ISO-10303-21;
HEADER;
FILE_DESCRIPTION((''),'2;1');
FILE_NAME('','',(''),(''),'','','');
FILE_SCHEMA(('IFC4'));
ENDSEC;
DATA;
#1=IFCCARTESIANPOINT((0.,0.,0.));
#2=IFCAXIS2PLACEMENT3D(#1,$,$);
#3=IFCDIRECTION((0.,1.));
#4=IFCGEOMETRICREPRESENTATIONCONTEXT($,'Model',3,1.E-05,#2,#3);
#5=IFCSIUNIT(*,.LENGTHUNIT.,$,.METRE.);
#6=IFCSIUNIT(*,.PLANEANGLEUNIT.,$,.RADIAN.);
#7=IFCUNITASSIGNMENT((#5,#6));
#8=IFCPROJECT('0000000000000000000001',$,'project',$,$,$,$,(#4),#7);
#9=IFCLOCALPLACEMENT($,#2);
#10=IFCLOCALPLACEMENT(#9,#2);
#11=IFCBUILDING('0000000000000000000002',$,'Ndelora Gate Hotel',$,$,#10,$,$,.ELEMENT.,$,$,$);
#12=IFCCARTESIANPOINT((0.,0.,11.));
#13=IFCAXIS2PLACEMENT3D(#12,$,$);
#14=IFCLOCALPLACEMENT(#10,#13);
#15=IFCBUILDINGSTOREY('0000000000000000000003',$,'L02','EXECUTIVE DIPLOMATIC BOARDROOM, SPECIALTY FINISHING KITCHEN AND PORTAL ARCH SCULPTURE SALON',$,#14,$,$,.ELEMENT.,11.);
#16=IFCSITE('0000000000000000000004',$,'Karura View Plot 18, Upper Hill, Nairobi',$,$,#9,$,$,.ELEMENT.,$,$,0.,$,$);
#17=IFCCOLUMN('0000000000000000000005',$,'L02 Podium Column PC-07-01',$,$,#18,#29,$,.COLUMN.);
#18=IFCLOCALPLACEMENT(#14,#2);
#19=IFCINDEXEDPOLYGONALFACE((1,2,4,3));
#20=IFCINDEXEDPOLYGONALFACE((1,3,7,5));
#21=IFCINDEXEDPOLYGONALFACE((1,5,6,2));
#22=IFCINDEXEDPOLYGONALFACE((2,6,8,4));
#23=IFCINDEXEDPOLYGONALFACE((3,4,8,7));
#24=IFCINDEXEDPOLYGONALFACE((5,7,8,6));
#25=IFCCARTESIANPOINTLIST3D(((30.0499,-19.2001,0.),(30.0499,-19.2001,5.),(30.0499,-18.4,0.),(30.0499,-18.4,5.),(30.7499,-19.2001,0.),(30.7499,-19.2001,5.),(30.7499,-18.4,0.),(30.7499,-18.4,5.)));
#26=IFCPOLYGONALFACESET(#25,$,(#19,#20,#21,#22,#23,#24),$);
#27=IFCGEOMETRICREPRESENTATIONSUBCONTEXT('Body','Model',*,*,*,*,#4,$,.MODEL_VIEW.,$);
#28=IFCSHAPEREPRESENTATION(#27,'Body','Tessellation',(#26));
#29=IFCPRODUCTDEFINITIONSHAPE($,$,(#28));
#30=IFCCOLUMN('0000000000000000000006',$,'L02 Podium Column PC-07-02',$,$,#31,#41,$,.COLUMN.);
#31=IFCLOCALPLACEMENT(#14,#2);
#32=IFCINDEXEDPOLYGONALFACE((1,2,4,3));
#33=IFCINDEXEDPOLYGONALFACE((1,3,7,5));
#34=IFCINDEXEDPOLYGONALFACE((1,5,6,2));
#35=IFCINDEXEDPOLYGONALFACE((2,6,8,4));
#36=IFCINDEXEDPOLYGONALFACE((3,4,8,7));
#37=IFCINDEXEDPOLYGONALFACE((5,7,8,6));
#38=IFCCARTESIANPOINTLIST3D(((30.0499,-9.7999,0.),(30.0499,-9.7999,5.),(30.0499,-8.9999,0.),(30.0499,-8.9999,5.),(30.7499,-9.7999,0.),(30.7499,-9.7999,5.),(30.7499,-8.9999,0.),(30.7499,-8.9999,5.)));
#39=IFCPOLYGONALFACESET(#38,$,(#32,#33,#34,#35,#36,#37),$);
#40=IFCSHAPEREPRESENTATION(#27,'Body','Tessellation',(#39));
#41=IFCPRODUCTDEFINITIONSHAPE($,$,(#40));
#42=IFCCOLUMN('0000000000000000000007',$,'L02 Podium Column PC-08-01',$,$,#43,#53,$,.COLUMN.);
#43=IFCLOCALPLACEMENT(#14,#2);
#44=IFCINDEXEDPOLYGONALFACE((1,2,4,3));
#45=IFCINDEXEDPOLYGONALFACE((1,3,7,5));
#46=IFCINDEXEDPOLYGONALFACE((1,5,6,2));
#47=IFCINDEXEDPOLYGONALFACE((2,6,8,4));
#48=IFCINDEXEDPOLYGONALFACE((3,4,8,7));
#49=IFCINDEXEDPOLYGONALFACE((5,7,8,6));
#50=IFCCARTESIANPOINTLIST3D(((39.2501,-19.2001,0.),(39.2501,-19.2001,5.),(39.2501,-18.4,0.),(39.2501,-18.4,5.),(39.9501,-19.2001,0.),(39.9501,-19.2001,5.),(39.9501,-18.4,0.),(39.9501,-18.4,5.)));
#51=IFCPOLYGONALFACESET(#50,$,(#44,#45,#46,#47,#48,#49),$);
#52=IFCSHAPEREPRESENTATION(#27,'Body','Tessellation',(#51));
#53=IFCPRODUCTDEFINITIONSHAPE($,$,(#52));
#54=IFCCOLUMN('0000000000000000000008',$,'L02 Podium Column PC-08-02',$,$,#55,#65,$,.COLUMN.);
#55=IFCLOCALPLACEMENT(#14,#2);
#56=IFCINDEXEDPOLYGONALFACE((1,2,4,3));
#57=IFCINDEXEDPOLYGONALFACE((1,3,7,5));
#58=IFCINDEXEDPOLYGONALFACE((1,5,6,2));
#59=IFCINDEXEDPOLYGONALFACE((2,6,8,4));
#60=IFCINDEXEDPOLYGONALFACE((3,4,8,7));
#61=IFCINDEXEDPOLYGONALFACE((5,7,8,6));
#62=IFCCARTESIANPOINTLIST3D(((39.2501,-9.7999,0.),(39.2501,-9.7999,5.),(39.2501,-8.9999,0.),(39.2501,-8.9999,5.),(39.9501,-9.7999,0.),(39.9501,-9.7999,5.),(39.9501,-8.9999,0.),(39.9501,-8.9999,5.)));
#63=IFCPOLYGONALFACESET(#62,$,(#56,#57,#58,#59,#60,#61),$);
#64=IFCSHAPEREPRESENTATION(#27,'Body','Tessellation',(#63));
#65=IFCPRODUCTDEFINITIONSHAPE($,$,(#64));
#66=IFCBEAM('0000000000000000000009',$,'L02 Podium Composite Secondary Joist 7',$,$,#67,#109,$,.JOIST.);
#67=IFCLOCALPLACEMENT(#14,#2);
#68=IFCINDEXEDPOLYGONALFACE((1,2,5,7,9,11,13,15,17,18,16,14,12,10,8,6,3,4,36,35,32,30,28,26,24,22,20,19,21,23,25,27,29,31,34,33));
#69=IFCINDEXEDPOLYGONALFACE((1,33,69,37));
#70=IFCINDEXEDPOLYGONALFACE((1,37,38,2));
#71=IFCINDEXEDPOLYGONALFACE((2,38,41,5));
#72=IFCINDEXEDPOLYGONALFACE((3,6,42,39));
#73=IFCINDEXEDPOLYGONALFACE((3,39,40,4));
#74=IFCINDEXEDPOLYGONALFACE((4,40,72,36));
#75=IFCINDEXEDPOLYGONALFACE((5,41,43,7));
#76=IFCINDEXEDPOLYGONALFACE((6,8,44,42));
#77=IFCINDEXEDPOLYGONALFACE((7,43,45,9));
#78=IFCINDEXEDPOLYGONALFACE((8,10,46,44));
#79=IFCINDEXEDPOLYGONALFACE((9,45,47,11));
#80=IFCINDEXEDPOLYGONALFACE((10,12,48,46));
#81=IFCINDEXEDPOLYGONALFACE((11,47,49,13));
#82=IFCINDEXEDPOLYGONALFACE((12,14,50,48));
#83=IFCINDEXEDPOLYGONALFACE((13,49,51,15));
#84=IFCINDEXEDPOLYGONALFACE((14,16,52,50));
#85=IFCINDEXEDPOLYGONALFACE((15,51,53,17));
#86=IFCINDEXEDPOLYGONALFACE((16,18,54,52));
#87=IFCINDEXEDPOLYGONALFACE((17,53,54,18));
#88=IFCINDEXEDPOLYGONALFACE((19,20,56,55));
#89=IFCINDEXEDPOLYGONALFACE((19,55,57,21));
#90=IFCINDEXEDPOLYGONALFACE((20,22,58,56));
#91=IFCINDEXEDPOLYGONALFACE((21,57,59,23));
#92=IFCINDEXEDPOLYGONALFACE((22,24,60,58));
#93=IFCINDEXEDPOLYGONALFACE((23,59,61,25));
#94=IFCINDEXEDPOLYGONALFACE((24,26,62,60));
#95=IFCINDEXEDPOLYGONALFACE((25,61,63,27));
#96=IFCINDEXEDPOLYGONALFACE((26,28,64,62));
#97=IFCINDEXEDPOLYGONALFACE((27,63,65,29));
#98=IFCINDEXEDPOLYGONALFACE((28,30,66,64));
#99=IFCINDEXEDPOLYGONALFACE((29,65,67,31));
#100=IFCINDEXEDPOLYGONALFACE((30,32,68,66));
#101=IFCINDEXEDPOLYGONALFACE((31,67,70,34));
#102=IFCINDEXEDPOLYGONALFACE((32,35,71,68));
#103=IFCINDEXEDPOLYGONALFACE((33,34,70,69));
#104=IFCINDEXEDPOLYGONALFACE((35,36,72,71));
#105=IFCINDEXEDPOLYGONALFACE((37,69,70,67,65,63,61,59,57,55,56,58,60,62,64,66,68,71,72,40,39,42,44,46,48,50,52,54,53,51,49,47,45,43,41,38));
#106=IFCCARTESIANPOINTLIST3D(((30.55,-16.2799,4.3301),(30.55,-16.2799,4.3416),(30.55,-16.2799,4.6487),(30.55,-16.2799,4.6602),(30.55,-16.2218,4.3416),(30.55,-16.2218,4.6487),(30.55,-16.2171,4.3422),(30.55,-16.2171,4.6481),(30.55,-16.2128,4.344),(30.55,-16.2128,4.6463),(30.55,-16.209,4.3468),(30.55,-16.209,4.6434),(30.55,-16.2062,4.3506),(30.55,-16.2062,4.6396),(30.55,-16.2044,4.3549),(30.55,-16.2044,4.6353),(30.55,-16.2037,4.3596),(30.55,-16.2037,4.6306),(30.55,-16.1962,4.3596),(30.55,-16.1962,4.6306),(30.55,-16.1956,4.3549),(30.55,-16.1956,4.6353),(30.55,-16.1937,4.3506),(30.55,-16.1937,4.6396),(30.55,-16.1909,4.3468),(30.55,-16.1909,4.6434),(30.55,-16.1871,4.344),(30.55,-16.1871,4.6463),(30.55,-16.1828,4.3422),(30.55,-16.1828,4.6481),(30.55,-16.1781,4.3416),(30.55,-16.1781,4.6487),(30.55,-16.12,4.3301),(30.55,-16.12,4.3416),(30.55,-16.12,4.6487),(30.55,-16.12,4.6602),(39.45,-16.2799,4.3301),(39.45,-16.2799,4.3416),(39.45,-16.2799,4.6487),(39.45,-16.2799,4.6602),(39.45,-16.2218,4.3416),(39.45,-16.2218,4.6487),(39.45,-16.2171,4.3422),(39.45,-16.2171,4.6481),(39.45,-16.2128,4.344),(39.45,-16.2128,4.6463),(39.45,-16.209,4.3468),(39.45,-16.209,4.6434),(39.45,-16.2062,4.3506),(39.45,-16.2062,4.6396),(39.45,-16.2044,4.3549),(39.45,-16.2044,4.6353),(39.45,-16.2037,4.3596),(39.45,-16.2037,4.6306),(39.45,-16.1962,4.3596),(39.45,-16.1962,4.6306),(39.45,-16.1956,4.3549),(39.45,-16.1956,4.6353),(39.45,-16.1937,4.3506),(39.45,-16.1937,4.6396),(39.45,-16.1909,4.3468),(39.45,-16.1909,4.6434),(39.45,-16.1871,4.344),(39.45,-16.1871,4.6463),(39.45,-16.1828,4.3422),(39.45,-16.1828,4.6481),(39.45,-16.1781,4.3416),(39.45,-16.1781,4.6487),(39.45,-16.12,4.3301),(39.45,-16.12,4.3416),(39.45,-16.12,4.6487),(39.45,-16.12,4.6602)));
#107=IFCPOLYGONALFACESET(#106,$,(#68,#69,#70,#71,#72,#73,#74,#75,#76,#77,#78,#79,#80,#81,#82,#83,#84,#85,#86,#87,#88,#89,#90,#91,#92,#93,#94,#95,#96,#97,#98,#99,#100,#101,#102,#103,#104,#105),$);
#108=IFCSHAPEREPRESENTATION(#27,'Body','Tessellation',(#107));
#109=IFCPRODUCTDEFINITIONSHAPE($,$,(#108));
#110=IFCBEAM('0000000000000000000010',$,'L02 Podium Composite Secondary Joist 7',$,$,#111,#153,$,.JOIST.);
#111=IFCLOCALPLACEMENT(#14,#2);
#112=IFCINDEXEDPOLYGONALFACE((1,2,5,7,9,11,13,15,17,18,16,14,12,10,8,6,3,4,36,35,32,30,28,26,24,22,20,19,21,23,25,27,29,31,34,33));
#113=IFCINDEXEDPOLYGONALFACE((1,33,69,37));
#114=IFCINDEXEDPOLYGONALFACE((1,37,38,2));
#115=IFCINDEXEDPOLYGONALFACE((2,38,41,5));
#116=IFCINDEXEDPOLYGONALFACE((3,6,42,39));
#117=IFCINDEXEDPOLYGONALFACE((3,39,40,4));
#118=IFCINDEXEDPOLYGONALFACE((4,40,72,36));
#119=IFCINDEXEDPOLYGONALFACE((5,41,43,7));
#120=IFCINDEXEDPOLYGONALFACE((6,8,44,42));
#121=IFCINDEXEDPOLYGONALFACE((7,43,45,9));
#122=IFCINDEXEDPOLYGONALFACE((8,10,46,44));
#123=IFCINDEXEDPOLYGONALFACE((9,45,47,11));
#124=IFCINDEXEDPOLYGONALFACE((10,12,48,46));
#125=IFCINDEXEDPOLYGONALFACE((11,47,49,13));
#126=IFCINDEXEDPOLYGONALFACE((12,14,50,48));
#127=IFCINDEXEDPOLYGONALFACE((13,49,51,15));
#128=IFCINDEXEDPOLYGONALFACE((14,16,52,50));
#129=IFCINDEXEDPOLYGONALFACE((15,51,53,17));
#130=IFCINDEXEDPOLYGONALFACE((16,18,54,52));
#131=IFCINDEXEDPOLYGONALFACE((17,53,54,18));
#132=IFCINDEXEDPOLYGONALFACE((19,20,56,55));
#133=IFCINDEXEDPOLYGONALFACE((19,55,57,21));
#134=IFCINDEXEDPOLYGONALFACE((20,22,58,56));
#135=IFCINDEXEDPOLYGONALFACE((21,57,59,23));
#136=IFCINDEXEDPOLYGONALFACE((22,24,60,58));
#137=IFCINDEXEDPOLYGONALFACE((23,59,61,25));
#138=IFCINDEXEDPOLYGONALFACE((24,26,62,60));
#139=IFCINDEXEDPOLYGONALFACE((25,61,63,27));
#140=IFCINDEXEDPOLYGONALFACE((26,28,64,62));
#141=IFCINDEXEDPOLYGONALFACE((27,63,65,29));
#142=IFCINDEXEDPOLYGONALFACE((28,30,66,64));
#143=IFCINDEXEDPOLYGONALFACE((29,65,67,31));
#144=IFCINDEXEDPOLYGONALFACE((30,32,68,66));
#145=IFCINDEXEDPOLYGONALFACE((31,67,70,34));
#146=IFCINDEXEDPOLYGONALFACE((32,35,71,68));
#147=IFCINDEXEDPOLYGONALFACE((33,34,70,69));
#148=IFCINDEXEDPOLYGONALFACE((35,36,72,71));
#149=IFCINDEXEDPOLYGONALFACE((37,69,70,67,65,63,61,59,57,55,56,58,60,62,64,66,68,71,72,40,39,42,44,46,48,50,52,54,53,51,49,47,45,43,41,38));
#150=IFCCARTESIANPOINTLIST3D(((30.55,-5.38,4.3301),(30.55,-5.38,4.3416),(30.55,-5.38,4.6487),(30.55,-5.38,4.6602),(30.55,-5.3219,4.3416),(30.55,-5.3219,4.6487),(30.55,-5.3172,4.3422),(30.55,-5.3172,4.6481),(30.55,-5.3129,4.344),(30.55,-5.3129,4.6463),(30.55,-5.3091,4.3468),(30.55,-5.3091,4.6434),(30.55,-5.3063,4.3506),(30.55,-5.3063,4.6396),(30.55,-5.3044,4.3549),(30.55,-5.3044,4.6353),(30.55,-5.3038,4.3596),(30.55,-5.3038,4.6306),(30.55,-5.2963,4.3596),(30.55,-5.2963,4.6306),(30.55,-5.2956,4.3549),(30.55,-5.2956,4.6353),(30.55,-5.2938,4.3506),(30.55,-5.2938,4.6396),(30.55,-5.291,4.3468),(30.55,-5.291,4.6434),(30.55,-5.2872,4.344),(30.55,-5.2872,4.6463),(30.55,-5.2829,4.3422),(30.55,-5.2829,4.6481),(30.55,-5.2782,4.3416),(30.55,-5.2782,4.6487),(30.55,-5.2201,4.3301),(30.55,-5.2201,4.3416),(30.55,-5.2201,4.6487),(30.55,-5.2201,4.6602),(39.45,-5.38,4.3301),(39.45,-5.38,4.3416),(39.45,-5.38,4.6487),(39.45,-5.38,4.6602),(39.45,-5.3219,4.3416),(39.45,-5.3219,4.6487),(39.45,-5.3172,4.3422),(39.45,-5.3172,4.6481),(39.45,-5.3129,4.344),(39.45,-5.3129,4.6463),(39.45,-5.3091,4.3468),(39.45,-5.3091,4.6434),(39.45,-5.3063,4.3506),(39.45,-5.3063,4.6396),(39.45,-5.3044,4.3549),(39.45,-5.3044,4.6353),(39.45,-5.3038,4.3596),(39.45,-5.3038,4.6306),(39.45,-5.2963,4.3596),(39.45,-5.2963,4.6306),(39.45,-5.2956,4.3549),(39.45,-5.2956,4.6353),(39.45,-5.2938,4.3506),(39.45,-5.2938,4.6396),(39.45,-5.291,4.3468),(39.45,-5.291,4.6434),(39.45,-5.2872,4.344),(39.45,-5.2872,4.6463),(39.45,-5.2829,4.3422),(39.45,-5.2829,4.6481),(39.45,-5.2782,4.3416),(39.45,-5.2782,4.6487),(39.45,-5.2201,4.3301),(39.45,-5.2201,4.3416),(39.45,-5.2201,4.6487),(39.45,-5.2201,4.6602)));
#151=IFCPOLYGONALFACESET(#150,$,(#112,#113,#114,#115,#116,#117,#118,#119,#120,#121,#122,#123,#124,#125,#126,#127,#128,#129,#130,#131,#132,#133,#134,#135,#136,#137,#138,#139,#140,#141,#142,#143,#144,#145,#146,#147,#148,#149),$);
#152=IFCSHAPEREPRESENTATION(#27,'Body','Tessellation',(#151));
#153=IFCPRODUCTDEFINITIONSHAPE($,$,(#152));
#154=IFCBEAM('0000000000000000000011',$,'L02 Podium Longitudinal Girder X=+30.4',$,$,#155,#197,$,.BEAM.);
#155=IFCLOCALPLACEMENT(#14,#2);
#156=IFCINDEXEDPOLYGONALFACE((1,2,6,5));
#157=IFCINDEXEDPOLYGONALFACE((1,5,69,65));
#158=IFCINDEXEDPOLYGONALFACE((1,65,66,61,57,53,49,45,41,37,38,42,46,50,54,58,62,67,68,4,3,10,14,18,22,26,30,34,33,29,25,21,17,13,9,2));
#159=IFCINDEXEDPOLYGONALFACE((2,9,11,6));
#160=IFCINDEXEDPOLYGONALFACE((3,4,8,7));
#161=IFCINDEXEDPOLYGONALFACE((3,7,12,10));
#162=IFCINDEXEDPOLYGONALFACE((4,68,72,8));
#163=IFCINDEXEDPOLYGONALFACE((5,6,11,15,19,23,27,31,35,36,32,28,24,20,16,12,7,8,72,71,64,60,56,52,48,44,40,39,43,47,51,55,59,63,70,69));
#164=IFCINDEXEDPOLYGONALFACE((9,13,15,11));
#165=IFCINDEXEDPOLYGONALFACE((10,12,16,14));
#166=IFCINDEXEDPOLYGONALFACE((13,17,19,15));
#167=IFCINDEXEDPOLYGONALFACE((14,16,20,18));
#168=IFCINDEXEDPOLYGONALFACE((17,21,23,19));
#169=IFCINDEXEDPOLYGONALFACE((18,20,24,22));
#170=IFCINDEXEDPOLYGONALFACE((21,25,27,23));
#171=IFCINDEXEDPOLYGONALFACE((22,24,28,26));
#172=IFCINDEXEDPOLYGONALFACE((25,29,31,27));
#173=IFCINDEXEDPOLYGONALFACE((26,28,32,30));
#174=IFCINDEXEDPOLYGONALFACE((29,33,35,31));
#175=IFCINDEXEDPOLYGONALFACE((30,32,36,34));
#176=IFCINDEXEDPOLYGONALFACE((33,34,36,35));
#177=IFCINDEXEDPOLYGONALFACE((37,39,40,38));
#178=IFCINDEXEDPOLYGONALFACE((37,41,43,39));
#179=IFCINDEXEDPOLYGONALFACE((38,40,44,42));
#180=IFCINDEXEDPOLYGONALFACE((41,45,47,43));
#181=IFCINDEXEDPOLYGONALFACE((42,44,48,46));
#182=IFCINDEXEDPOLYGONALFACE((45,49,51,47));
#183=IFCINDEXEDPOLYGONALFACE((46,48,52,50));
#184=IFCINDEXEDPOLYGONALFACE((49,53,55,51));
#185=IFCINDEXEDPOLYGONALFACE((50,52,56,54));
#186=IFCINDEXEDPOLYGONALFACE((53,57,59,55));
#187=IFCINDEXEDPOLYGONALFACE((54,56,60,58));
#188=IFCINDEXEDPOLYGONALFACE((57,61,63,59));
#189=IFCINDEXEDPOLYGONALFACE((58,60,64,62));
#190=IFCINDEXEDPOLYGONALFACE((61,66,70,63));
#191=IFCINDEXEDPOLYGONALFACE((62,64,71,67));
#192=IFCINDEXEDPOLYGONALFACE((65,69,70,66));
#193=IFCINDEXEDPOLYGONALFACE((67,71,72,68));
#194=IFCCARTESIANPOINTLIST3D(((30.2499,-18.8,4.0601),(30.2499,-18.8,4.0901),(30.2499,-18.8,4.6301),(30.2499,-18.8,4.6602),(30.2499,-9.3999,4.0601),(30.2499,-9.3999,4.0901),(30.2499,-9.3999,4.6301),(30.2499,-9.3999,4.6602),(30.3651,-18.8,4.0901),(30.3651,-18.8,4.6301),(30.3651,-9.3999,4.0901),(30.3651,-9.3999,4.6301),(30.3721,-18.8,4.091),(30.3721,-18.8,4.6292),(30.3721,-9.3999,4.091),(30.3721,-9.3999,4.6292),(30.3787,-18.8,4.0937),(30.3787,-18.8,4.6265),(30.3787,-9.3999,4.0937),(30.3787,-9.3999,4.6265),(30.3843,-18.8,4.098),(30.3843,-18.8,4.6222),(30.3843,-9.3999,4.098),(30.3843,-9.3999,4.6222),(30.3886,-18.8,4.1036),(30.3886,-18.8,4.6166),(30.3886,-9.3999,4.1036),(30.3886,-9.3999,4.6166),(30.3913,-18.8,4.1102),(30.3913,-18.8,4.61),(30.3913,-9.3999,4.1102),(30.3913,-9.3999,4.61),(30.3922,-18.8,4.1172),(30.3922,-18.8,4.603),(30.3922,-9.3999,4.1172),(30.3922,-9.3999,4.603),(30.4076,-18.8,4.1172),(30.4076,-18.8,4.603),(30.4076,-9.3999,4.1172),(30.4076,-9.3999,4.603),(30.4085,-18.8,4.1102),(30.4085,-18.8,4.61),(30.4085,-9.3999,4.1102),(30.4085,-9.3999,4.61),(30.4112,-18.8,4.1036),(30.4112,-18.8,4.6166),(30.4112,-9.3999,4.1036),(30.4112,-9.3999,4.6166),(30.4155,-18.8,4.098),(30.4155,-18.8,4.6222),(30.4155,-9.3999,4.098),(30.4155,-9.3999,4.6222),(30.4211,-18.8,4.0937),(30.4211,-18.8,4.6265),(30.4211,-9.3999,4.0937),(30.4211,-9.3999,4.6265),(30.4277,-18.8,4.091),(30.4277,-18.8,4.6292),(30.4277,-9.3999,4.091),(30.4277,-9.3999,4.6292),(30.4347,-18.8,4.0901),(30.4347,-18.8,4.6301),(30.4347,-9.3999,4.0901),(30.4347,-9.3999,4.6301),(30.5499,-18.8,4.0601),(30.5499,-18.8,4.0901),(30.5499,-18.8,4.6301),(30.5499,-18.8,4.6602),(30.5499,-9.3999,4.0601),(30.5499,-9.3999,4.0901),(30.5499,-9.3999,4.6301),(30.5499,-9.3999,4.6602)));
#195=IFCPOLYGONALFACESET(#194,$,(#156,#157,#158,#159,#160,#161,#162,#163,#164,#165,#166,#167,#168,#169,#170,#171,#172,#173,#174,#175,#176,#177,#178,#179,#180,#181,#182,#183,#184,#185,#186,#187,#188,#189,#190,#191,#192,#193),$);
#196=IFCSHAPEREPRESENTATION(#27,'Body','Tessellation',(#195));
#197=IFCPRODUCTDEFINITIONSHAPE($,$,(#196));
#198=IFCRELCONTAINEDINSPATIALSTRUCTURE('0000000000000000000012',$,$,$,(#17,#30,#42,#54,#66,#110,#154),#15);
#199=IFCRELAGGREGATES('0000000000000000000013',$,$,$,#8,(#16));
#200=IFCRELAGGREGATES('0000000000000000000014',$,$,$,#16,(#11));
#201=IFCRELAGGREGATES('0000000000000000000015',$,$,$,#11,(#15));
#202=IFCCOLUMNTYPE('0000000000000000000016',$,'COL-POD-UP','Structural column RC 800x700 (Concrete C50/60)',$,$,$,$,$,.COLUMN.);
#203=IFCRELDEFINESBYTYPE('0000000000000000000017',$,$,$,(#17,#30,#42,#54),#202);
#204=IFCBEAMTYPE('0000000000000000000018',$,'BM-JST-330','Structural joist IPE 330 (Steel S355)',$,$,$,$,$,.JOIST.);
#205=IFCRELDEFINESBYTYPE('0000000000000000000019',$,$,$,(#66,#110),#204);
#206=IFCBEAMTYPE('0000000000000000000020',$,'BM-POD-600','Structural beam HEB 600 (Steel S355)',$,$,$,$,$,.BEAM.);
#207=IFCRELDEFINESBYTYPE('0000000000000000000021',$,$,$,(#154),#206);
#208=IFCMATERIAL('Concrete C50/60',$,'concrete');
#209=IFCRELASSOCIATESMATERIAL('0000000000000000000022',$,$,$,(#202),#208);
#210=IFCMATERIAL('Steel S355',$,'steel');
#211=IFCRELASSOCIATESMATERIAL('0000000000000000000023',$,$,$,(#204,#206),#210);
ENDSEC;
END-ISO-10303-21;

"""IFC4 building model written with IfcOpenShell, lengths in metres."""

from ifc_helpers import new_model, si_unit, direction, frame, origin, origin_2d, place, context, subcontext, project, spatial, rectangle, i_section, extrude, material, material_profile, profile_set, type_object, element, save


model = new_model("IFC4")

# Units and contexts
model_context = context("Model", 3, precision=1e-05, world=origin(), true_north=direction((0.0, 1.0)))
body_context = subcontext(model_context, "Body", "Model", "MODEL_VIEW")
ifc_project = project(units=[si_unit("LENGTHUNIT", "METRE"), si_unit("PLANEANGLEUNIT", "RADIAN")], contexts=[model_context])

# Site, building, storey
site_placement = place(None, origin())
site = spatial("IfcSite", under=ifc_project, at=site_placement, Name="Karura View Plot 18, Upper Hill, Nairobi", CompositionType="ELEMENT", RefElevation=0.0)
building_placement = place(site_placement, origin())
building = spatial("IfcBuilding", under=site, at=building_placement, Name="Ndelora Gate Hotel", CompositionType="ELEMENT")
storey_placement = place(building_placement, frame((0.0, 0.0, 11.0)))
storey = spatial("IfcBuildingStorey", under=building, at=storey_placement, Name="L02", Description="EXECUTIVE DIPLOMATIC BOARDROOM, SPECIALTY FINISHING KITCHEN AND PORTAL ARCH SCULPTURE SALON", CompositionType="ELEMENT", Elevation=11.0)

# Columns
ifc_material_1 = material(Name="Concrete C50/60", Category="concrete")
ifc_material_profile_1 = material_profile(ifc_material_1, rectangle(XDim=0.7, YDim=0.8, at=origin_2d()), Name="RC 800x700")
ifc_profile_set_1 = profile_set([ifc_material_profile_1], Name="Concrete C50/60")
column_type = type_object("IfcColumnType", Name="COL-POD-UP", Description="Structural column RC 800x700 (Concrete C50/60)", PredefinedType="COLUMN", material=ifc_profile_set_1)
for number, where, z_axis, x_axis, name in (
    (1, (30.3999, -18.8, 0.0), (0.0, 0.0, 1.0), (1.0, 0.0, 0.0), "L02 Podium Column PC-07-01"),
    (2, (30.3999, -9.3999, 0.0), (0.0, 0.0, 1.0), (1.0, 0.0, 0.0), "L02 Podium Column PC-07-02"),
    (3, (39.6001, -18.8, 0.0), (0.0, 0.0, 1.0), (1.0, 0.0, 0.0), "L02 Podium Column PC-08-01"),
    (4, (39.6001, -9.3999, 0.0), (0.0, 0.0, 1.0), (1.0, 0.0, 0.0), "L02 Podium Column PC-08-02"),
):
    element("IfcColumn", number, at=place(storey_placement, frame(where, z_axis=z_axis, x_axis=x_axis)), inside=storey, type_object=column_type, Name=name, PredefinedType="COLUMN", context=body_context, shape_type="SweptSolid", body=[
        extrude(rectangle(XDim=0.7, YDim=0.8, at=origin_2d()), origin(), (0.0, 0.0, 1.0), 5.0),
    ])

# Beams
ifc_material_2 = material(Name="Steel S355", Category="steel")
ifc_material_profile_2 = material_profile(ifc_material_2, i_section(OverallWidth=0.1599, OverallDepth=0.3301, WebThickness=0.0076, FlangeThickness=0.0115, FilletRadius=0.0181, at=origin_2d()), Name="IPE 330")
ifc_profile_set_2 = profile_set([ifc_material_profile_2], Name="Steel S355")
beam_type_1 = type_object("IfcBeamType", Name="BM-JST-330", Description="Structural joist IPE 330 (Steel S355)", PredefinedType="JOIST", material=ifc_profile_set_2)
for number, where, z_axis, x_axis, name in (
    (5, (30.55, -16.2, 4.4951), (1.0, 0.0, 0.0), (0.0, 1.0, 0.0), "L02 Podium Composite Secondary Joist 7"),
    (6, (30.55, -5.3, 4.4951), (1.0, 0.0, 0.0), (0.0, 1.0, 0.0), "L02 Podium Composite Secondary Joist 7"),
):
    element("IfcBeam", number, at=place(storey_placement, frame(where, z_axis=z_axis, x_axis=x_axis)), inside=storey, type_object=beam_type_1, Name=name, PredefinedType="JOIST", context=body_context, shape_type="SweptSolid", body=[
        extrude(i_section(OverallWidth=0.1599, OverallDepth=0.3301, WebThickness=0.0076, FlangeThickness=0.0115, FilletRadius=0.0181, at=origin_2d()), origin(), (0.0, 0.0, 1.0), 8.8999),
    ])
ifc_material_profile_3 = material_profile(ifc_material_2, i_section(OverallWidth=0.3, OverallDepth=0.6001, WebThickness=0.0154, FlangeThickness=0.03, FilletRadius=0.0271, at=origin_2d()), Name="HEB 600")
ifc_profile_set_3 = profile_set([ifc_material_profile_3], Name="Steel S355")
beam_type_2 = type_object("IfcBeamType", Name="BM-POD-600", Description="Structural beam HEB 600 (Steel S355)", PredefinedType="BEAM", material=ifc_profile_set_3)
beam_1_placement = place(storey_placement, frame((30.3999, -18.8, 4.3601), z_axis=(0.0, 1.0, 0.0), x_axis=(-1.0, 0.0, 0.0)))
element("IfcBeam", 7, at=beam_1_placement, inside=storey, type_object=beam_type_2, Name="L02 Podium Longitudinal Girder X=+30.4", PredefinedType="BEAM", context=body_context, shape_type="SweptSolid", body=[
    extrude(i_section(OverallWidth=0.3, OverallDepth=0.6001, WebThickness=0.0154, FlangeThickness=0.03, FilletRadius=0.0271, at=origin_2d()), origin(), (0.0, 0.0, 1.0), 9.4001),
])

save(model, "model.ifc")
